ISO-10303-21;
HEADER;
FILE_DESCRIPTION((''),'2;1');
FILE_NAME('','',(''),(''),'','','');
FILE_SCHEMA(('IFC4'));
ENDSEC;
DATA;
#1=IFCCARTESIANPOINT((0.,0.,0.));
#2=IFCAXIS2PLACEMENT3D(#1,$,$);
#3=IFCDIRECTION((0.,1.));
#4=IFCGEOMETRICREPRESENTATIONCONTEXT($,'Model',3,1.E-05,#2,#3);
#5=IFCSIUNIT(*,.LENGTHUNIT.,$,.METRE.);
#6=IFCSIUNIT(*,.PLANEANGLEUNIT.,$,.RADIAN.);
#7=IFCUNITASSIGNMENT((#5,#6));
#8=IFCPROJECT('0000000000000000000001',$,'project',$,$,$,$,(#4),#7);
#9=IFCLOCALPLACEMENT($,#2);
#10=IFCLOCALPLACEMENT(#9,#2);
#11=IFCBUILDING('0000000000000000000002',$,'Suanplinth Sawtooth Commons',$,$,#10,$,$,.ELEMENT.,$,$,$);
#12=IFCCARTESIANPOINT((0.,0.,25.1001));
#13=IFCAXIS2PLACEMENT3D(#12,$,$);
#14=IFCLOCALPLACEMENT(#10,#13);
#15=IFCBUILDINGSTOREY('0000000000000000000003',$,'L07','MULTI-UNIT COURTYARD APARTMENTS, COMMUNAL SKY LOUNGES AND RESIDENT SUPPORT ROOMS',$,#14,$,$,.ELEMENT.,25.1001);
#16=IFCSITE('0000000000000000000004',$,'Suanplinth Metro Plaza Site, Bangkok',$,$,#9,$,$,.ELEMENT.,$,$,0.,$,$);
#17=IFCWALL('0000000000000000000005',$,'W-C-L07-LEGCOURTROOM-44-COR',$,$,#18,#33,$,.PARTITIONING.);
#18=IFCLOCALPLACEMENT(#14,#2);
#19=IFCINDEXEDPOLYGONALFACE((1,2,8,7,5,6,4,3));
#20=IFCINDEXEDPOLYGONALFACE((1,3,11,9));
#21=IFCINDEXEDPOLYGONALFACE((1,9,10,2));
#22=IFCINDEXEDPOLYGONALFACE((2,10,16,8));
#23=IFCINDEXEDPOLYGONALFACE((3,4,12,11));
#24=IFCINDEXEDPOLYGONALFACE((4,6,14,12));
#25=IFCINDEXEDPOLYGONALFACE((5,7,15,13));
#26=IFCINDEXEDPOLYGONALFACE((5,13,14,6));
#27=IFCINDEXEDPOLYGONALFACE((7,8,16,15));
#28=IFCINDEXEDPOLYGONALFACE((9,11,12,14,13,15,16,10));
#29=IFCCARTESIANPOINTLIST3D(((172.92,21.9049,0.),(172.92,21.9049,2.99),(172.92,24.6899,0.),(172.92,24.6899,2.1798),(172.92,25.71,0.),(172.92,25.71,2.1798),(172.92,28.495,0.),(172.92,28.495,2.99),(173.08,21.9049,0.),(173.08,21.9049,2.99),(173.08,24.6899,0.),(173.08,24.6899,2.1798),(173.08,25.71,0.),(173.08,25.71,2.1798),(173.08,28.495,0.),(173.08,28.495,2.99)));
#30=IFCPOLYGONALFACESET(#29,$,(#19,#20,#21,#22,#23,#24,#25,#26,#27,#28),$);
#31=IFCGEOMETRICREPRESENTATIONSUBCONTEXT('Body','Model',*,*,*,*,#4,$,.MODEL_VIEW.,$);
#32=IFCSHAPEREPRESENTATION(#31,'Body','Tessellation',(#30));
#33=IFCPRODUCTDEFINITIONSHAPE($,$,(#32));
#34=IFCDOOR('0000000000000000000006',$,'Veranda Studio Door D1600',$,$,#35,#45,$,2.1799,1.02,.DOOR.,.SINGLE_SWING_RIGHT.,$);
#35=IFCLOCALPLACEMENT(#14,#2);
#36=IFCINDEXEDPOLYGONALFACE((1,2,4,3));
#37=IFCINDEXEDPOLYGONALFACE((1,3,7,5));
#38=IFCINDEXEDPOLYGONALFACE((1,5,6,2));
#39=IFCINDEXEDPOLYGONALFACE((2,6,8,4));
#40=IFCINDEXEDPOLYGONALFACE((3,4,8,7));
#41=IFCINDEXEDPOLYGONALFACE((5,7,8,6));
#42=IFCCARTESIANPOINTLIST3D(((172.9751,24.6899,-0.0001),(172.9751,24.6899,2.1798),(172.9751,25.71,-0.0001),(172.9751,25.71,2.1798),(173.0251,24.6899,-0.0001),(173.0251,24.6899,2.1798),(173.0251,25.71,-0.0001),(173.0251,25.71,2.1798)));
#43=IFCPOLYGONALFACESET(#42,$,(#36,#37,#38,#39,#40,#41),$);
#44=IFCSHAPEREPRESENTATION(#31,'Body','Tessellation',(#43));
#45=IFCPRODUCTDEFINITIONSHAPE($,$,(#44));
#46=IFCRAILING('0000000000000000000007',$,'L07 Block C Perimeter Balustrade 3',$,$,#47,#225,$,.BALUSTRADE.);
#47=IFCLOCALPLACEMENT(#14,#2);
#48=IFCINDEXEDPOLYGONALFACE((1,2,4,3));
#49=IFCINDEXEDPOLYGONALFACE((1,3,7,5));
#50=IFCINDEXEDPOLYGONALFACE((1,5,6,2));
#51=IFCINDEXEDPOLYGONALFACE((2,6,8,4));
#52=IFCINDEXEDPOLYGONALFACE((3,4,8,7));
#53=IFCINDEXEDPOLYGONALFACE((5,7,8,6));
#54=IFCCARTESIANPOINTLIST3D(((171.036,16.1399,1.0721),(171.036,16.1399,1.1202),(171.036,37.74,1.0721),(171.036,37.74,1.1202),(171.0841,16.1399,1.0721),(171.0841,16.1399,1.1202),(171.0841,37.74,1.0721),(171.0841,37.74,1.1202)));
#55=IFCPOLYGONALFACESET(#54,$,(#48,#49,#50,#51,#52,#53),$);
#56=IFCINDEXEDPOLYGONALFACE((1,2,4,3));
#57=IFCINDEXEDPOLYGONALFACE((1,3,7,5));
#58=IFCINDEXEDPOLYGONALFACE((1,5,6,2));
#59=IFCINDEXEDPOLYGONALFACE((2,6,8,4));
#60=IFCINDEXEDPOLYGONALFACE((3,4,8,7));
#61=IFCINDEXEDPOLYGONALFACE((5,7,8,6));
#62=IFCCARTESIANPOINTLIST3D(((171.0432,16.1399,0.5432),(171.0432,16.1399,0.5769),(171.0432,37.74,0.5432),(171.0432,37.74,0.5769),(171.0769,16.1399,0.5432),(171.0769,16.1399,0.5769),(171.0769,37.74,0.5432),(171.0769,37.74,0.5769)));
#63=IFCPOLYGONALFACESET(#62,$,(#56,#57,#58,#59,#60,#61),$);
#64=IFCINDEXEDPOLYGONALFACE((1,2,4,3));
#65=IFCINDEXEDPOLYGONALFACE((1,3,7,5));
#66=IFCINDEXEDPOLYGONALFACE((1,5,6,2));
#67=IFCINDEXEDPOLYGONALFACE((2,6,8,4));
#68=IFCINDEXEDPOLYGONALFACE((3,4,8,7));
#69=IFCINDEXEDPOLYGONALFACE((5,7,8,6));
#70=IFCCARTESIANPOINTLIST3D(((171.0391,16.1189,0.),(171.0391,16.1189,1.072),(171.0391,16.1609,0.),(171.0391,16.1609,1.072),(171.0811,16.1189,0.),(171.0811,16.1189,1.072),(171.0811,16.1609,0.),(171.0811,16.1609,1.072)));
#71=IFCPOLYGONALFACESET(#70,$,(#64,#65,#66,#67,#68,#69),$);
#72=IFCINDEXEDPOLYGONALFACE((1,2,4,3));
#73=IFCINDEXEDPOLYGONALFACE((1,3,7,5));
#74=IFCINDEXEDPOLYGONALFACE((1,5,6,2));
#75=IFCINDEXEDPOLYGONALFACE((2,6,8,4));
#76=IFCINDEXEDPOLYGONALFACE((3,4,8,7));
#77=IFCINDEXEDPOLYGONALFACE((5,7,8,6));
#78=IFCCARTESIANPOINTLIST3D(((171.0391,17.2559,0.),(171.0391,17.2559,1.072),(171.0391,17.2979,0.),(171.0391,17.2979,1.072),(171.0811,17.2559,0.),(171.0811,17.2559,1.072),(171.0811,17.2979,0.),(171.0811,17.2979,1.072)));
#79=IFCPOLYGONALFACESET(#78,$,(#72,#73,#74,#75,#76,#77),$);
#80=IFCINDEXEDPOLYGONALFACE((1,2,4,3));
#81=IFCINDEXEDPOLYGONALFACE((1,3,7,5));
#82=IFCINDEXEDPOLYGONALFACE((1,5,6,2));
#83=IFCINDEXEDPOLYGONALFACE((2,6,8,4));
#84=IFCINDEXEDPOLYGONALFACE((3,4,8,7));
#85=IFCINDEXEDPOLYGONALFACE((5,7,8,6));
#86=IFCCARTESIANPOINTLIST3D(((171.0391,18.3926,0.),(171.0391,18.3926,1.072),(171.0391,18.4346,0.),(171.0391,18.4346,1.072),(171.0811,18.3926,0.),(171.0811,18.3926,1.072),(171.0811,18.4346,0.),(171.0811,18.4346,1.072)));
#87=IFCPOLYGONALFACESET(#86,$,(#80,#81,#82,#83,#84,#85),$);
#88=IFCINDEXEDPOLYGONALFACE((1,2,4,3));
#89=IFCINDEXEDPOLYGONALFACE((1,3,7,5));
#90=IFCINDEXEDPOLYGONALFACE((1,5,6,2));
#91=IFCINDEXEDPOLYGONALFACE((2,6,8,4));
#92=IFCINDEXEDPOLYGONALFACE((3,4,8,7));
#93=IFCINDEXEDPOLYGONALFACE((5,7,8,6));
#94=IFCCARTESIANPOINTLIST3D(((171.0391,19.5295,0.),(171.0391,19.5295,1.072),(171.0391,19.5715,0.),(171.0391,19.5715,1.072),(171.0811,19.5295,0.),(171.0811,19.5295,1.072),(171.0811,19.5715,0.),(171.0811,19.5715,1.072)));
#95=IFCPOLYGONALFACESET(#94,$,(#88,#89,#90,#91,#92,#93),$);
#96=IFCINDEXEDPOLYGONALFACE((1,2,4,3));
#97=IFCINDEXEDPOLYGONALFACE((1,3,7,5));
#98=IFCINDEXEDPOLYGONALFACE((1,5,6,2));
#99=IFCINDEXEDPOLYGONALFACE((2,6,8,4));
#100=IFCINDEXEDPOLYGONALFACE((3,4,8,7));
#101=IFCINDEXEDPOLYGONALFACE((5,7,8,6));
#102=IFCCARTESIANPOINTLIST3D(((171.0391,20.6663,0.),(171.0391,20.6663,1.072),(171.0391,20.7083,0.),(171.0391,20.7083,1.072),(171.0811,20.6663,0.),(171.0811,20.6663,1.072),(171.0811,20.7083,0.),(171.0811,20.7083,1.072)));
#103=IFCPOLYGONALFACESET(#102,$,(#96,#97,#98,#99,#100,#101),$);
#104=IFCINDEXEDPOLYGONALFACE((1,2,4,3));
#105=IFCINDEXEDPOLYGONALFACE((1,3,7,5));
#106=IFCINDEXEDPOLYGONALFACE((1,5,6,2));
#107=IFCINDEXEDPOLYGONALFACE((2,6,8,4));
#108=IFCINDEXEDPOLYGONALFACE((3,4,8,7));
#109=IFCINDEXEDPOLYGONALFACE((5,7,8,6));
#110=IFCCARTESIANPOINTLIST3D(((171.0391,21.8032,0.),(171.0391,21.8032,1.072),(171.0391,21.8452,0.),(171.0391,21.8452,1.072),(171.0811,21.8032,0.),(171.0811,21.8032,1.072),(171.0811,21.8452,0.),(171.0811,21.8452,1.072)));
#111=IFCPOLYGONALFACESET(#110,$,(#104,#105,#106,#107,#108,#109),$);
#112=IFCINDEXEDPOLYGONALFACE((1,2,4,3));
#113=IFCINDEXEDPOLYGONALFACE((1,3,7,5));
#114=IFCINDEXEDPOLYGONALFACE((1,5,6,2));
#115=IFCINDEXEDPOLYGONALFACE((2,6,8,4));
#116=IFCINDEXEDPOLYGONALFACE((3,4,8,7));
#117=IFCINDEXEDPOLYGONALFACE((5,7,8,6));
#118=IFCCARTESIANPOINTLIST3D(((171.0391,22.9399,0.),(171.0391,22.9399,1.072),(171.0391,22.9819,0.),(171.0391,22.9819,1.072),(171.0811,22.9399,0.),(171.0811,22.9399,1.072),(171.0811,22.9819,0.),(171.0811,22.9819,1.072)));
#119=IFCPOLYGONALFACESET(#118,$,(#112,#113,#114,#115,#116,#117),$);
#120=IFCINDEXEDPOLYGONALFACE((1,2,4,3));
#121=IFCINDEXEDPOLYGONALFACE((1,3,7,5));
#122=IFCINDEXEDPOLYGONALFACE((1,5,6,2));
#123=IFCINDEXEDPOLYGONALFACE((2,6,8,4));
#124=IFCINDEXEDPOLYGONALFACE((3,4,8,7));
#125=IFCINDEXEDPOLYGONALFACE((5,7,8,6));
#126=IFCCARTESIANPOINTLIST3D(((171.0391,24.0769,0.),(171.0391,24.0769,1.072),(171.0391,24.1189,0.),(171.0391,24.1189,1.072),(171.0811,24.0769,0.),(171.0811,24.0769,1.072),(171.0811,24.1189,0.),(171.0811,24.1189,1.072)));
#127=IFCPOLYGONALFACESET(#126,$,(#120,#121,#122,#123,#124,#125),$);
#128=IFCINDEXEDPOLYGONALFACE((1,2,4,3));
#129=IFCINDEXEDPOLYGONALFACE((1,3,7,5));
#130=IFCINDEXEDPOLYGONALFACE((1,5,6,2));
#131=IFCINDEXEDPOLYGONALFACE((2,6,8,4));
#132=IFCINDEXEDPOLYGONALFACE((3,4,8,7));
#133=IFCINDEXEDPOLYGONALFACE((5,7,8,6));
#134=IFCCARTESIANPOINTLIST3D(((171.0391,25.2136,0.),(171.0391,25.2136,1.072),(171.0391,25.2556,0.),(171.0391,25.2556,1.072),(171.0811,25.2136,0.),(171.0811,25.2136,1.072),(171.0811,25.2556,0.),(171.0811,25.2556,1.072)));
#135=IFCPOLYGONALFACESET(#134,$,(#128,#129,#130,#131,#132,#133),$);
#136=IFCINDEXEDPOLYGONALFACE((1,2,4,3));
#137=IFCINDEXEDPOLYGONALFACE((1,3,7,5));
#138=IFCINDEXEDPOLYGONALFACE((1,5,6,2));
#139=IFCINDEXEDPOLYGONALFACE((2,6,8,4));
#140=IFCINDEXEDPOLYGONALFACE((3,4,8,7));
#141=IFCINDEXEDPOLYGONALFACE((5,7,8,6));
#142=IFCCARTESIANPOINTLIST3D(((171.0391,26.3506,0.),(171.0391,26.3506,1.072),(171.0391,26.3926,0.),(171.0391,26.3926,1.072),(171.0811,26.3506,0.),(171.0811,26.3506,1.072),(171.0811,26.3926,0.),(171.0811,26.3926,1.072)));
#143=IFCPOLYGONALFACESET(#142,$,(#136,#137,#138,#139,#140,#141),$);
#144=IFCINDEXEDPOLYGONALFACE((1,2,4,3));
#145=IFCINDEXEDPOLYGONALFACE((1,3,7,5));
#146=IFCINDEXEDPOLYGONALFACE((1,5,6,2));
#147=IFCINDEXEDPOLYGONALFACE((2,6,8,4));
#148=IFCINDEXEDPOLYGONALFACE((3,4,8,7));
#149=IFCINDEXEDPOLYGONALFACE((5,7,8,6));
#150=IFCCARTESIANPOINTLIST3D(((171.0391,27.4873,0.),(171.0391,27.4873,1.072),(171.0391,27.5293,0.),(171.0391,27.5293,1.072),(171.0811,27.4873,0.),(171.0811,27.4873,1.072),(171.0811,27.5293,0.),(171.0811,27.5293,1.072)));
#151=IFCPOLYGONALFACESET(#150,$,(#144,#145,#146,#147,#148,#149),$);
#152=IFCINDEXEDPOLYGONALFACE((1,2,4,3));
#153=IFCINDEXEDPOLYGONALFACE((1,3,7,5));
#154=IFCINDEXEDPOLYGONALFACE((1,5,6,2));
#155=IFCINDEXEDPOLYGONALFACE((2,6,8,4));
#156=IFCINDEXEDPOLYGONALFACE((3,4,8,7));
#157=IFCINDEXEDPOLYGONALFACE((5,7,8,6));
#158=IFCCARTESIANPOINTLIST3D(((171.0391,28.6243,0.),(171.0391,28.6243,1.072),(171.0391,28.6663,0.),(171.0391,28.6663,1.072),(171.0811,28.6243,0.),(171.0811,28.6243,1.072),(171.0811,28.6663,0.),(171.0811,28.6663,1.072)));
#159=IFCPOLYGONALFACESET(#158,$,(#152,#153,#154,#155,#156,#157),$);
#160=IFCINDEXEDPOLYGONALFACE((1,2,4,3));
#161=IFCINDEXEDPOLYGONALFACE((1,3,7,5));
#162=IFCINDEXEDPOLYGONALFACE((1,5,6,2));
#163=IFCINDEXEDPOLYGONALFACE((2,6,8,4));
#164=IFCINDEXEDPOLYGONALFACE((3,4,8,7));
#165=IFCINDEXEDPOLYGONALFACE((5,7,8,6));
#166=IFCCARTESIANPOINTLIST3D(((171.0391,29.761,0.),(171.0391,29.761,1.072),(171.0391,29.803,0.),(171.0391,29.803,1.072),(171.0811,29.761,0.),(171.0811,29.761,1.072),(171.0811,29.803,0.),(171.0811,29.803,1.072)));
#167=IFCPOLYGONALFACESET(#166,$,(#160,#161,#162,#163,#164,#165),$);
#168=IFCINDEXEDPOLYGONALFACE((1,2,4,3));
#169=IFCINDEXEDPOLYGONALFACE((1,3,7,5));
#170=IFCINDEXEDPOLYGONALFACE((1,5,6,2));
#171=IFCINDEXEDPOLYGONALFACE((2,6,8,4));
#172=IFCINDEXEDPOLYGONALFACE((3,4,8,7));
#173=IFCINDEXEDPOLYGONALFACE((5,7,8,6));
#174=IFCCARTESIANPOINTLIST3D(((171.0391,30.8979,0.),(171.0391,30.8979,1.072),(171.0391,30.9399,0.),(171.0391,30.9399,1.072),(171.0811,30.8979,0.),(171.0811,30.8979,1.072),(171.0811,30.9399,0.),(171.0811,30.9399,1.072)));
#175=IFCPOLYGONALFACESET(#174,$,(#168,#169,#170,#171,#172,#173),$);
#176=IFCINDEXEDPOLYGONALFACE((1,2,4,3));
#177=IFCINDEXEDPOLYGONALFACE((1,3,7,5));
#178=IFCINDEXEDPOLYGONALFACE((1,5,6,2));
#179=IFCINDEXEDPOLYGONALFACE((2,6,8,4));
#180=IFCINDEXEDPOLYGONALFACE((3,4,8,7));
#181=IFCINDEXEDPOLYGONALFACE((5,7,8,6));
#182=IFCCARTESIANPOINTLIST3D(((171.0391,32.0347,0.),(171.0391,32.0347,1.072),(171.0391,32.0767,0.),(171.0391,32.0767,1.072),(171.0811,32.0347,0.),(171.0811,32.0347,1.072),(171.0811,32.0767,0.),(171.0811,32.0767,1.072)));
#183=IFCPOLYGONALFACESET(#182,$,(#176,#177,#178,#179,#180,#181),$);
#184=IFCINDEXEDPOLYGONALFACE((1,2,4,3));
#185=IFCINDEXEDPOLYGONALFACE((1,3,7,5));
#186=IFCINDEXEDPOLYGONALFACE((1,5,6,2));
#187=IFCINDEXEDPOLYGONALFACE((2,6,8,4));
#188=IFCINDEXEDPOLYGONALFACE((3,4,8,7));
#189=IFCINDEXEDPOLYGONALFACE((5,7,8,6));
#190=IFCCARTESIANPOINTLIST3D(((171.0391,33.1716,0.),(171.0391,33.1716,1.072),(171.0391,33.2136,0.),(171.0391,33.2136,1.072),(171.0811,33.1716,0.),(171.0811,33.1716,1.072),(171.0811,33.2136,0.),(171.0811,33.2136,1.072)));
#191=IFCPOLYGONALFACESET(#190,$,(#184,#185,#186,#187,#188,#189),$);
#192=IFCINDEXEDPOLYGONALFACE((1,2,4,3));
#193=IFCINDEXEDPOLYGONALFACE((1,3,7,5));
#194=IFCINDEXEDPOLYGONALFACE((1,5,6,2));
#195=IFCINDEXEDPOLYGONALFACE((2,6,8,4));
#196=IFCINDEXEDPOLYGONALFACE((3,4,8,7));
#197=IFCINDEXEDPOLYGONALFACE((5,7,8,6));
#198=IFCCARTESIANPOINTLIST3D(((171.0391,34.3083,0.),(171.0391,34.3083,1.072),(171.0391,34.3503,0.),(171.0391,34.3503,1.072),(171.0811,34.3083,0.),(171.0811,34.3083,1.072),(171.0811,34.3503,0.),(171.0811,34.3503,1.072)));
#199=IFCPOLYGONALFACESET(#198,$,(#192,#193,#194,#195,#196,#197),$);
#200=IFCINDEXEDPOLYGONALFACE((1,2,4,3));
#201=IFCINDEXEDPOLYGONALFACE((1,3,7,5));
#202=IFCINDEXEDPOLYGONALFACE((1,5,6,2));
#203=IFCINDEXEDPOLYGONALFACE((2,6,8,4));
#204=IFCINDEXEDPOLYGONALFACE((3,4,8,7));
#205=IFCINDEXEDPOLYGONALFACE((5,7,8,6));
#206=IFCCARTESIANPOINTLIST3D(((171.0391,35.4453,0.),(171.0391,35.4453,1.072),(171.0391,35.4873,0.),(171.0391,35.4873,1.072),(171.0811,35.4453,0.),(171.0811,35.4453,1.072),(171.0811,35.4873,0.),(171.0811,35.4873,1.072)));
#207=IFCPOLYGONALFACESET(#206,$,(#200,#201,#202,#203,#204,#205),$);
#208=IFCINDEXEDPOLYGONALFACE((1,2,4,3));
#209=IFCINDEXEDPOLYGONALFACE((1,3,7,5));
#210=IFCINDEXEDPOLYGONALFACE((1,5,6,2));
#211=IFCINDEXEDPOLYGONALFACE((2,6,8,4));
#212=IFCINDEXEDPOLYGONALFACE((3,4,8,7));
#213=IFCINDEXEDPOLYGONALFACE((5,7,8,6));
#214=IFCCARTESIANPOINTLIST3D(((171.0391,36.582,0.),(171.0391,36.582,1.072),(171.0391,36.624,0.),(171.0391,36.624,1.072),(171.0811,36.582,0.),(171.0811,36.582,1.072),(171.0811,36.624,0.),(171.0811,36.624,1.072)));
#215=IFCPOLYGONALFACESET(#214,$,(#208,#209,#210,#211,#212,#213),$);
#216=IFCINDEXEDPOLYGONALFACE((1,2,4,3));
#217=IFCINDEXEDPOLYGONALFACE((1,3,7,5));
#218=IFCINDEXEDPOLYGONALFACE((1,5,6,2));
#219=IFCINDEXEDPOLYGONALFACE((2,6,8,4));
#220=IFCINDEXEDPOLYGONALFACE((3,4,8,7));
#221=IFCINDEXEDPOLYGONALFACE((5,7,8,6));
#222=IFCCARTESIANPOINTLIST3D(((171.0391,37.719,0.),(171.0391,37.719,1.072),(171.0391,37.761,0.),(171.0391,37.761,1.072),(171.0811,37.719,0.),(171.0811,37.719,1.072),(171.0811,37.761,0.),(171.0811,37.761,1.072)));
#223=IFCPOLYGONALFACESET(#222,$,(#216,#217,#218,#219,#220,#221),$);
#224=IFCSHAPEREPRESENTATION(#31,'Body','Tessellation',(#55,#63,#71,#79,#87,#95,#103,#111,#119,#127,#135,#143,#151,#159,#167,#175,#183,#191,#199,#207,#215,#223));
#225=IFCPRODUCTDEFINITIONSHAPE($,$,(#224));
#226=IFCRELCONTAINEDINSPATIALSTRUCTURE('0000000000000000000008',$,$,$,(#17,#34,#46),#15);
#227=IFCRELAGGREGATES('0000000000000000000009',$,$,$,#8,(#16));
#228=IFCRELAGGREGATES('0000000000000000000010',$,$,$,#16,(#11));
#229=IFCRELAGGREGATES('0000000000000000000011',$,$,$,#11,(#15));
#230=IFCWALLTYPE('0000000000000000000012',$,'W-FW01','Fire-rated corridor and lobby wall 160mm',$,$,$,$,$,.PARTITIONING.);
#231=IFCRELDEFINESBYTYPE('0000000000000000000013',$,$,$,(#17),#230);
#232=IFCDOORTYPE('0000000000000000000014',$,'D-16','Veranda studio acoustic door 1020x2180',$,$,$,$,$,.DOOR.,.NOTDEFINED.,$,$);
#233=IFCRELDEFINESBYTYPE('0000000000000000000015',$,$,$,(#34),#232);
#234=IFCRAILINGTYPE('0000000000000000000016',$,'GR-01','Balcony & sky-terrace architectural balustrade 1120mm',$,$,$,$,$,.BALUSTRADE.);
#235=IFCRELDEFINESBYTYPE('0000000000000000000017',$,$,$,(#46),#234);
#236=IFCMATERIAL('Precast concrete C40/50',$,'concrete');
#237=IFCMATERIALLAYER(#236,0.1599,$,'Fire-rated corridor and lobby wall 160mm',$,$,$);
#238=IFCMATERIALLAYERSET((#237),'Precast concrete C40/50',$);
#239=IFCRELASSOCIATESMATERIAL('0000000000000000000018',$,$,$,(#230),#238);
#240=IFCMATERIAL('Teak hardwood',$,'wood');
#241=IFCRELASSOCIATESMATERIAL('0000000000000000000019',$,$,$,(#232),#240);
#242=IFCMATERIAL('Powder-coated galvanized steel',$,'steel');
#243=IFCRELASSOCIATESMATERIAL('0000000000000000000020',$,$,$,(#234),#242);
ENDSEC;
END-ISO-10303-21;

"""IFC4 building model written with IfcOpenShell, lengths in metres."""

from ifc_helpers import new_model, si_unit, direction, frame, frame_2d, origin, origin_2d, place, context, subcontext, project, spatial, rectangle, extrude, material, layer, layer_set, type_object, element, fill, save


model = new_model("IFC4")

# Units and contexts
model_context = context("Model", 3, precision=1e-05, world=origin(), true_north=direction((0.0, 1.0)))
body_context = subcontext(model_context, "Body", "Model", "MODEL_VIEW")
ifc_project = project(units=[si_unit("LENGTHUNIT", "METRE"), si_unit("PLANEANGLEUNIT", "RADIAN")], contexts=[model_context])

# Site, building, storey
site_placement = place(None, origin())
site = spatial("IfcSite", under=ifc_project, at=site_placement, Name="Suanplinth Metro Plaza Site, Bangkok", CompositionType="ELEMENT", RefElevation=0.0)
building_placement = place(site_placement, origin())
building = spatial("IfcBuilding", under=site, at=building_placement, Name="Suanplinth Sawtooth Commons", CompositionType="ELEMENT")
storey_placement = place(building_placement, frame((0.0, 0.0, 25.1001)))
storey = spatial("IfcBuildingStorey", under=building, at=storey_placement, Name="L07", Description="MULTI-UNIT COURTYARD APARTMENTS, COMMUNAL SKY LOUNGES AND RESIDENT SUPPORT ROOMS", CompositionType="ELEMENT", Elevation=25.1001)

# Shared definitions
ifc_material_1 = material(Name="Precast concrete C40/50", Category="concrete")

# Wall, opening, door
ifc_layer_1 = layer(ifc_material_1, 0.1599, Name="Fire-rated corridor and lobby wall 160mm")
ifc_layer_set_1 = layer_set([ifc_layer_1], Name="Precast concrete C40/50")
wall_type_1 = type_object("IfcWallType", Name="W-FW01", Description="Fire-rated corridor and lobby wall 160mm", PredefinedType="PARTITIONING", material=ifc_layer_set_1)
ifc_material_2 = material(Name="Teak hardwood", Category="wood")
door_type_1 = type_object("IfcDoorType", Name="D-16", Description="Veranda studio acoustic door 1020x2180", OperationType="NOTDEFINED", PredefinedType="DOOR", material=ifc_material_2)
wall_1_placement = place(storey_placement, frame((173.0, 21.905, 0.0), z_axis=(0.0, 0.0, 1.0), x_axis=(0.0, 1.0, 0.0)))
wall_1 = element("IfcWall", 1, at=wall_1_placement, inside=storey, type_object=wall_type_1, Name="W-C-L07-LEGCOURTROOM-44-COR", PredefinedType="PARTITIONING", context=body_context, shape_type="SweptSolid", body=[
    extrude(rectangle(XDim=6.5901, YDim=0.1599, at=frame_2d((3.2949, 0.0))), origin(), (0.0, 0.0, 1.0), 2.99),
])
opening_1_placement = place(wall_1_placement, frame((2.7849, 0.0, 0.0)))
opening_1 = element("IfcOpeningElement", 2, at=opening_1_placement, cuts=wall_1, PredefinedType="OPENING", context=body_context, shape_type="SweptSolid", body=[
    extrude(rectangle(XDim=1.02, YDim=2.1799, at=frame_2d((0.51, 1.0898))), frame((0.0, 0.0947, 0.0), z_axis=(0.0, -1.0, 0.0), x_axis=(1.0, 0.0, 0.0)), (0.0, 0.0, 1.0), 0.1897),
])
door_1_placement = place(opening_1_placement, origin())
door_1 = element("IfcDoor", 3, at=door_1_placement, inside=storey, type_object=door_type_1, Name="Veranda Studio Door D1600", OperationType="SINGLE_SWING_RIGHT", OverallHeight=2.1799, OverallWidth=1.02, PredefinedType="DOOR", context=body_context, shape_type="SweptSolid", body=[
    extrude(rectangle(XDim=1.02, YDim=2.1799, at=frame_2d((0.51, 1.0898))), frame((0.0, 0.0249, 0.0), z_axis=(0.0, -1.0, 0.0), x_axis=(1.0, 0.0, 0.0)), (0.0, 0.0, 1.0), 0.05),
])
fill(opening_1, door_1)

# Railing
ifc_material_3 = material(Name="Powder-coated galvanized steel", Category="steel")
railing_type = type_object("IfcRailingType", Name="GR-01", Description="Balcony & sky-terrace architectural balustrade 1120mm", PredefinedType="BALUSTRADE", material=ifc_material_3)
railing_placement = place(storey_placement, frame((171.0601, 16.1399, 0.0)))
element("IfcRailing", 4, at=railing_placement, inside=storey, type_object=railing_type, Name="L07 Block C Perimeter Balustrade 3", PredefinedType="BALUSTRADE", context=body_context, shape_type="SweptSolid", body=[
    extrude(rectangle(XDim=0.0481, YDim=0.0481, at=origin_2d()), frame((0.0, 0.0, 1.0962), z_axis=(0.0, 1.0, 0.0), x_axis=(-1.0, 0.0, 0.0)), (0.0, 0.0, 1.0), 21.6001),
    extrude(rectangle(XDim=0.0337, YDim=0.0337, at=origin_2d()), frame((0.0, 0.0, 0.5601), z_axis=(0.0, 1.0, 0.0), x_axis=(-1.0, 0.0, 0.0)), (0.0, 0.0, 1.0), 21.6001),
    extrude(rectangle(XDim=0.042, YDim=0.042, at=origin_2d()), origin(), (0.0, 0.0, 1.0), 1.072),
    extrude(rectangle(XDim=0.042, YDim=0.042, at=origin_2d()), frame((0.0, 1.137, 0.0)), (0.0, 0.0, 1.0), 1.072),
    extrude(rectangle(XDim=0.042, YDim=0.042, at=origin_2d()), frame((0.0, 2.2737, 0.0)), (0.0, 0.0, 1.0), 1.072),
    extrude(rectangle(XDim=0.042, YDim=0.042, at=origin_2d()), frame((0.0, 3.4106, 0.0)), (0.0, 0.0, 1.0), 1.072),
    extrude(rectangle(XDim=0.042, YDim=0.042, at=origin_2d()), frame((0.0, 4.5474, 0.0)), (0.0, 0.0, 1.0), 1.072),
    extrude(rectangle(XDim=0.042, YDim=0.042, at=origin_2d()), frame((0.0, 5.6843, 0.0)), (0.0, 0.0, 1.0), 1.072),
    extrude(rectangle(XDim=0.042, YDim=0.042, at=origin_2d()), frame((0.0, 6.821, 0.0)), (0.0, 0.0, 1.0), 1.072),
    extrude(rectangle(XDim=0.042, YDim=0.042, at=origin_2d()), frame((0.0, 7.958, 0.0)), (0.0, 0.0, 1.0), 1.072),
    extrude(rectangle(XDim=0.042, YDim=0.042, at=origin_2d()), frame((0.0, 9.0947, 0.0)), (0.0, 0.0, 1.0), 1.072),
    extrude(rectangle(XDim=0.042, YDim=0.042, at=origin_2d()), frame((0.0, 10.2317, 0.0)), (0.0, 0.0, 1.0), 1.072),
    extrude(rectangle(XDim=0.042, YDim=0.042, at=origin_2d()), frame((0.0, 11.3684, 0.0)), (0.0, 0.0, 1.0), 1.072),
    extrude(rectangle(XDim=0.042, YDim=0.042, at=origin_2d()), frame((0.0, 12.5054, 0.0)), (0.0, 0.0, 1.0), 1.072),
    extrude(rectangle(XDim=0.042, YDim=0.042, at=origin_2d()), frame((0.0, 13.6421, 0.0)), (0.0, 0.0, 1.0), 1.072),
    extrude(rectangle(XDim=0.042, YDim=0.042, at=origin_2d()), frame((0.0, 14.7791, 0.0)), (0.0, 0.0, 1.0), 1.072),
    extrude(rectangle(XDim=0.042, YDim=0.042, at=origin_2d()), frame((0.0, 15.9158, 0.0)), (0.0, 0.0, 1.0), 1.072),
    extrude(rectangle(XDim=0.042, YDim=0.042, at=origin_2d()), frame((0.0, 17.0527, 0.0)), (0.0, 0.0, 1.0), 1.072),
    extrude(rectangle(XDim=0.042, YDim=0.042, at=origin_2d()), frame((0.0, 18.1895, 0.0)), (0.0, 0.0, 1.0), 1.072),
    extrude(rectangle(XDim=0.042, YDim=0.042, at=origin_2d()), frame((0.0, 19.3264, 0.0)), (0.0, 0.0, 1.0), 1.072),
    extrude(rectangle(XDim=0.042, YDim=0.042, at=origin_2d()), frame((0.0, 20.4631, 0.0)), (0.0, 0.0, 1.0), 1.072),
    extrude(rectangle(XDim=0.042, YDim=0.042, at=origin_2d()), frame((0.0, 21.6001, 0.0)), (0.0, 0.0, 1.0), 1.072),
])

save(model, "model.ifc")
